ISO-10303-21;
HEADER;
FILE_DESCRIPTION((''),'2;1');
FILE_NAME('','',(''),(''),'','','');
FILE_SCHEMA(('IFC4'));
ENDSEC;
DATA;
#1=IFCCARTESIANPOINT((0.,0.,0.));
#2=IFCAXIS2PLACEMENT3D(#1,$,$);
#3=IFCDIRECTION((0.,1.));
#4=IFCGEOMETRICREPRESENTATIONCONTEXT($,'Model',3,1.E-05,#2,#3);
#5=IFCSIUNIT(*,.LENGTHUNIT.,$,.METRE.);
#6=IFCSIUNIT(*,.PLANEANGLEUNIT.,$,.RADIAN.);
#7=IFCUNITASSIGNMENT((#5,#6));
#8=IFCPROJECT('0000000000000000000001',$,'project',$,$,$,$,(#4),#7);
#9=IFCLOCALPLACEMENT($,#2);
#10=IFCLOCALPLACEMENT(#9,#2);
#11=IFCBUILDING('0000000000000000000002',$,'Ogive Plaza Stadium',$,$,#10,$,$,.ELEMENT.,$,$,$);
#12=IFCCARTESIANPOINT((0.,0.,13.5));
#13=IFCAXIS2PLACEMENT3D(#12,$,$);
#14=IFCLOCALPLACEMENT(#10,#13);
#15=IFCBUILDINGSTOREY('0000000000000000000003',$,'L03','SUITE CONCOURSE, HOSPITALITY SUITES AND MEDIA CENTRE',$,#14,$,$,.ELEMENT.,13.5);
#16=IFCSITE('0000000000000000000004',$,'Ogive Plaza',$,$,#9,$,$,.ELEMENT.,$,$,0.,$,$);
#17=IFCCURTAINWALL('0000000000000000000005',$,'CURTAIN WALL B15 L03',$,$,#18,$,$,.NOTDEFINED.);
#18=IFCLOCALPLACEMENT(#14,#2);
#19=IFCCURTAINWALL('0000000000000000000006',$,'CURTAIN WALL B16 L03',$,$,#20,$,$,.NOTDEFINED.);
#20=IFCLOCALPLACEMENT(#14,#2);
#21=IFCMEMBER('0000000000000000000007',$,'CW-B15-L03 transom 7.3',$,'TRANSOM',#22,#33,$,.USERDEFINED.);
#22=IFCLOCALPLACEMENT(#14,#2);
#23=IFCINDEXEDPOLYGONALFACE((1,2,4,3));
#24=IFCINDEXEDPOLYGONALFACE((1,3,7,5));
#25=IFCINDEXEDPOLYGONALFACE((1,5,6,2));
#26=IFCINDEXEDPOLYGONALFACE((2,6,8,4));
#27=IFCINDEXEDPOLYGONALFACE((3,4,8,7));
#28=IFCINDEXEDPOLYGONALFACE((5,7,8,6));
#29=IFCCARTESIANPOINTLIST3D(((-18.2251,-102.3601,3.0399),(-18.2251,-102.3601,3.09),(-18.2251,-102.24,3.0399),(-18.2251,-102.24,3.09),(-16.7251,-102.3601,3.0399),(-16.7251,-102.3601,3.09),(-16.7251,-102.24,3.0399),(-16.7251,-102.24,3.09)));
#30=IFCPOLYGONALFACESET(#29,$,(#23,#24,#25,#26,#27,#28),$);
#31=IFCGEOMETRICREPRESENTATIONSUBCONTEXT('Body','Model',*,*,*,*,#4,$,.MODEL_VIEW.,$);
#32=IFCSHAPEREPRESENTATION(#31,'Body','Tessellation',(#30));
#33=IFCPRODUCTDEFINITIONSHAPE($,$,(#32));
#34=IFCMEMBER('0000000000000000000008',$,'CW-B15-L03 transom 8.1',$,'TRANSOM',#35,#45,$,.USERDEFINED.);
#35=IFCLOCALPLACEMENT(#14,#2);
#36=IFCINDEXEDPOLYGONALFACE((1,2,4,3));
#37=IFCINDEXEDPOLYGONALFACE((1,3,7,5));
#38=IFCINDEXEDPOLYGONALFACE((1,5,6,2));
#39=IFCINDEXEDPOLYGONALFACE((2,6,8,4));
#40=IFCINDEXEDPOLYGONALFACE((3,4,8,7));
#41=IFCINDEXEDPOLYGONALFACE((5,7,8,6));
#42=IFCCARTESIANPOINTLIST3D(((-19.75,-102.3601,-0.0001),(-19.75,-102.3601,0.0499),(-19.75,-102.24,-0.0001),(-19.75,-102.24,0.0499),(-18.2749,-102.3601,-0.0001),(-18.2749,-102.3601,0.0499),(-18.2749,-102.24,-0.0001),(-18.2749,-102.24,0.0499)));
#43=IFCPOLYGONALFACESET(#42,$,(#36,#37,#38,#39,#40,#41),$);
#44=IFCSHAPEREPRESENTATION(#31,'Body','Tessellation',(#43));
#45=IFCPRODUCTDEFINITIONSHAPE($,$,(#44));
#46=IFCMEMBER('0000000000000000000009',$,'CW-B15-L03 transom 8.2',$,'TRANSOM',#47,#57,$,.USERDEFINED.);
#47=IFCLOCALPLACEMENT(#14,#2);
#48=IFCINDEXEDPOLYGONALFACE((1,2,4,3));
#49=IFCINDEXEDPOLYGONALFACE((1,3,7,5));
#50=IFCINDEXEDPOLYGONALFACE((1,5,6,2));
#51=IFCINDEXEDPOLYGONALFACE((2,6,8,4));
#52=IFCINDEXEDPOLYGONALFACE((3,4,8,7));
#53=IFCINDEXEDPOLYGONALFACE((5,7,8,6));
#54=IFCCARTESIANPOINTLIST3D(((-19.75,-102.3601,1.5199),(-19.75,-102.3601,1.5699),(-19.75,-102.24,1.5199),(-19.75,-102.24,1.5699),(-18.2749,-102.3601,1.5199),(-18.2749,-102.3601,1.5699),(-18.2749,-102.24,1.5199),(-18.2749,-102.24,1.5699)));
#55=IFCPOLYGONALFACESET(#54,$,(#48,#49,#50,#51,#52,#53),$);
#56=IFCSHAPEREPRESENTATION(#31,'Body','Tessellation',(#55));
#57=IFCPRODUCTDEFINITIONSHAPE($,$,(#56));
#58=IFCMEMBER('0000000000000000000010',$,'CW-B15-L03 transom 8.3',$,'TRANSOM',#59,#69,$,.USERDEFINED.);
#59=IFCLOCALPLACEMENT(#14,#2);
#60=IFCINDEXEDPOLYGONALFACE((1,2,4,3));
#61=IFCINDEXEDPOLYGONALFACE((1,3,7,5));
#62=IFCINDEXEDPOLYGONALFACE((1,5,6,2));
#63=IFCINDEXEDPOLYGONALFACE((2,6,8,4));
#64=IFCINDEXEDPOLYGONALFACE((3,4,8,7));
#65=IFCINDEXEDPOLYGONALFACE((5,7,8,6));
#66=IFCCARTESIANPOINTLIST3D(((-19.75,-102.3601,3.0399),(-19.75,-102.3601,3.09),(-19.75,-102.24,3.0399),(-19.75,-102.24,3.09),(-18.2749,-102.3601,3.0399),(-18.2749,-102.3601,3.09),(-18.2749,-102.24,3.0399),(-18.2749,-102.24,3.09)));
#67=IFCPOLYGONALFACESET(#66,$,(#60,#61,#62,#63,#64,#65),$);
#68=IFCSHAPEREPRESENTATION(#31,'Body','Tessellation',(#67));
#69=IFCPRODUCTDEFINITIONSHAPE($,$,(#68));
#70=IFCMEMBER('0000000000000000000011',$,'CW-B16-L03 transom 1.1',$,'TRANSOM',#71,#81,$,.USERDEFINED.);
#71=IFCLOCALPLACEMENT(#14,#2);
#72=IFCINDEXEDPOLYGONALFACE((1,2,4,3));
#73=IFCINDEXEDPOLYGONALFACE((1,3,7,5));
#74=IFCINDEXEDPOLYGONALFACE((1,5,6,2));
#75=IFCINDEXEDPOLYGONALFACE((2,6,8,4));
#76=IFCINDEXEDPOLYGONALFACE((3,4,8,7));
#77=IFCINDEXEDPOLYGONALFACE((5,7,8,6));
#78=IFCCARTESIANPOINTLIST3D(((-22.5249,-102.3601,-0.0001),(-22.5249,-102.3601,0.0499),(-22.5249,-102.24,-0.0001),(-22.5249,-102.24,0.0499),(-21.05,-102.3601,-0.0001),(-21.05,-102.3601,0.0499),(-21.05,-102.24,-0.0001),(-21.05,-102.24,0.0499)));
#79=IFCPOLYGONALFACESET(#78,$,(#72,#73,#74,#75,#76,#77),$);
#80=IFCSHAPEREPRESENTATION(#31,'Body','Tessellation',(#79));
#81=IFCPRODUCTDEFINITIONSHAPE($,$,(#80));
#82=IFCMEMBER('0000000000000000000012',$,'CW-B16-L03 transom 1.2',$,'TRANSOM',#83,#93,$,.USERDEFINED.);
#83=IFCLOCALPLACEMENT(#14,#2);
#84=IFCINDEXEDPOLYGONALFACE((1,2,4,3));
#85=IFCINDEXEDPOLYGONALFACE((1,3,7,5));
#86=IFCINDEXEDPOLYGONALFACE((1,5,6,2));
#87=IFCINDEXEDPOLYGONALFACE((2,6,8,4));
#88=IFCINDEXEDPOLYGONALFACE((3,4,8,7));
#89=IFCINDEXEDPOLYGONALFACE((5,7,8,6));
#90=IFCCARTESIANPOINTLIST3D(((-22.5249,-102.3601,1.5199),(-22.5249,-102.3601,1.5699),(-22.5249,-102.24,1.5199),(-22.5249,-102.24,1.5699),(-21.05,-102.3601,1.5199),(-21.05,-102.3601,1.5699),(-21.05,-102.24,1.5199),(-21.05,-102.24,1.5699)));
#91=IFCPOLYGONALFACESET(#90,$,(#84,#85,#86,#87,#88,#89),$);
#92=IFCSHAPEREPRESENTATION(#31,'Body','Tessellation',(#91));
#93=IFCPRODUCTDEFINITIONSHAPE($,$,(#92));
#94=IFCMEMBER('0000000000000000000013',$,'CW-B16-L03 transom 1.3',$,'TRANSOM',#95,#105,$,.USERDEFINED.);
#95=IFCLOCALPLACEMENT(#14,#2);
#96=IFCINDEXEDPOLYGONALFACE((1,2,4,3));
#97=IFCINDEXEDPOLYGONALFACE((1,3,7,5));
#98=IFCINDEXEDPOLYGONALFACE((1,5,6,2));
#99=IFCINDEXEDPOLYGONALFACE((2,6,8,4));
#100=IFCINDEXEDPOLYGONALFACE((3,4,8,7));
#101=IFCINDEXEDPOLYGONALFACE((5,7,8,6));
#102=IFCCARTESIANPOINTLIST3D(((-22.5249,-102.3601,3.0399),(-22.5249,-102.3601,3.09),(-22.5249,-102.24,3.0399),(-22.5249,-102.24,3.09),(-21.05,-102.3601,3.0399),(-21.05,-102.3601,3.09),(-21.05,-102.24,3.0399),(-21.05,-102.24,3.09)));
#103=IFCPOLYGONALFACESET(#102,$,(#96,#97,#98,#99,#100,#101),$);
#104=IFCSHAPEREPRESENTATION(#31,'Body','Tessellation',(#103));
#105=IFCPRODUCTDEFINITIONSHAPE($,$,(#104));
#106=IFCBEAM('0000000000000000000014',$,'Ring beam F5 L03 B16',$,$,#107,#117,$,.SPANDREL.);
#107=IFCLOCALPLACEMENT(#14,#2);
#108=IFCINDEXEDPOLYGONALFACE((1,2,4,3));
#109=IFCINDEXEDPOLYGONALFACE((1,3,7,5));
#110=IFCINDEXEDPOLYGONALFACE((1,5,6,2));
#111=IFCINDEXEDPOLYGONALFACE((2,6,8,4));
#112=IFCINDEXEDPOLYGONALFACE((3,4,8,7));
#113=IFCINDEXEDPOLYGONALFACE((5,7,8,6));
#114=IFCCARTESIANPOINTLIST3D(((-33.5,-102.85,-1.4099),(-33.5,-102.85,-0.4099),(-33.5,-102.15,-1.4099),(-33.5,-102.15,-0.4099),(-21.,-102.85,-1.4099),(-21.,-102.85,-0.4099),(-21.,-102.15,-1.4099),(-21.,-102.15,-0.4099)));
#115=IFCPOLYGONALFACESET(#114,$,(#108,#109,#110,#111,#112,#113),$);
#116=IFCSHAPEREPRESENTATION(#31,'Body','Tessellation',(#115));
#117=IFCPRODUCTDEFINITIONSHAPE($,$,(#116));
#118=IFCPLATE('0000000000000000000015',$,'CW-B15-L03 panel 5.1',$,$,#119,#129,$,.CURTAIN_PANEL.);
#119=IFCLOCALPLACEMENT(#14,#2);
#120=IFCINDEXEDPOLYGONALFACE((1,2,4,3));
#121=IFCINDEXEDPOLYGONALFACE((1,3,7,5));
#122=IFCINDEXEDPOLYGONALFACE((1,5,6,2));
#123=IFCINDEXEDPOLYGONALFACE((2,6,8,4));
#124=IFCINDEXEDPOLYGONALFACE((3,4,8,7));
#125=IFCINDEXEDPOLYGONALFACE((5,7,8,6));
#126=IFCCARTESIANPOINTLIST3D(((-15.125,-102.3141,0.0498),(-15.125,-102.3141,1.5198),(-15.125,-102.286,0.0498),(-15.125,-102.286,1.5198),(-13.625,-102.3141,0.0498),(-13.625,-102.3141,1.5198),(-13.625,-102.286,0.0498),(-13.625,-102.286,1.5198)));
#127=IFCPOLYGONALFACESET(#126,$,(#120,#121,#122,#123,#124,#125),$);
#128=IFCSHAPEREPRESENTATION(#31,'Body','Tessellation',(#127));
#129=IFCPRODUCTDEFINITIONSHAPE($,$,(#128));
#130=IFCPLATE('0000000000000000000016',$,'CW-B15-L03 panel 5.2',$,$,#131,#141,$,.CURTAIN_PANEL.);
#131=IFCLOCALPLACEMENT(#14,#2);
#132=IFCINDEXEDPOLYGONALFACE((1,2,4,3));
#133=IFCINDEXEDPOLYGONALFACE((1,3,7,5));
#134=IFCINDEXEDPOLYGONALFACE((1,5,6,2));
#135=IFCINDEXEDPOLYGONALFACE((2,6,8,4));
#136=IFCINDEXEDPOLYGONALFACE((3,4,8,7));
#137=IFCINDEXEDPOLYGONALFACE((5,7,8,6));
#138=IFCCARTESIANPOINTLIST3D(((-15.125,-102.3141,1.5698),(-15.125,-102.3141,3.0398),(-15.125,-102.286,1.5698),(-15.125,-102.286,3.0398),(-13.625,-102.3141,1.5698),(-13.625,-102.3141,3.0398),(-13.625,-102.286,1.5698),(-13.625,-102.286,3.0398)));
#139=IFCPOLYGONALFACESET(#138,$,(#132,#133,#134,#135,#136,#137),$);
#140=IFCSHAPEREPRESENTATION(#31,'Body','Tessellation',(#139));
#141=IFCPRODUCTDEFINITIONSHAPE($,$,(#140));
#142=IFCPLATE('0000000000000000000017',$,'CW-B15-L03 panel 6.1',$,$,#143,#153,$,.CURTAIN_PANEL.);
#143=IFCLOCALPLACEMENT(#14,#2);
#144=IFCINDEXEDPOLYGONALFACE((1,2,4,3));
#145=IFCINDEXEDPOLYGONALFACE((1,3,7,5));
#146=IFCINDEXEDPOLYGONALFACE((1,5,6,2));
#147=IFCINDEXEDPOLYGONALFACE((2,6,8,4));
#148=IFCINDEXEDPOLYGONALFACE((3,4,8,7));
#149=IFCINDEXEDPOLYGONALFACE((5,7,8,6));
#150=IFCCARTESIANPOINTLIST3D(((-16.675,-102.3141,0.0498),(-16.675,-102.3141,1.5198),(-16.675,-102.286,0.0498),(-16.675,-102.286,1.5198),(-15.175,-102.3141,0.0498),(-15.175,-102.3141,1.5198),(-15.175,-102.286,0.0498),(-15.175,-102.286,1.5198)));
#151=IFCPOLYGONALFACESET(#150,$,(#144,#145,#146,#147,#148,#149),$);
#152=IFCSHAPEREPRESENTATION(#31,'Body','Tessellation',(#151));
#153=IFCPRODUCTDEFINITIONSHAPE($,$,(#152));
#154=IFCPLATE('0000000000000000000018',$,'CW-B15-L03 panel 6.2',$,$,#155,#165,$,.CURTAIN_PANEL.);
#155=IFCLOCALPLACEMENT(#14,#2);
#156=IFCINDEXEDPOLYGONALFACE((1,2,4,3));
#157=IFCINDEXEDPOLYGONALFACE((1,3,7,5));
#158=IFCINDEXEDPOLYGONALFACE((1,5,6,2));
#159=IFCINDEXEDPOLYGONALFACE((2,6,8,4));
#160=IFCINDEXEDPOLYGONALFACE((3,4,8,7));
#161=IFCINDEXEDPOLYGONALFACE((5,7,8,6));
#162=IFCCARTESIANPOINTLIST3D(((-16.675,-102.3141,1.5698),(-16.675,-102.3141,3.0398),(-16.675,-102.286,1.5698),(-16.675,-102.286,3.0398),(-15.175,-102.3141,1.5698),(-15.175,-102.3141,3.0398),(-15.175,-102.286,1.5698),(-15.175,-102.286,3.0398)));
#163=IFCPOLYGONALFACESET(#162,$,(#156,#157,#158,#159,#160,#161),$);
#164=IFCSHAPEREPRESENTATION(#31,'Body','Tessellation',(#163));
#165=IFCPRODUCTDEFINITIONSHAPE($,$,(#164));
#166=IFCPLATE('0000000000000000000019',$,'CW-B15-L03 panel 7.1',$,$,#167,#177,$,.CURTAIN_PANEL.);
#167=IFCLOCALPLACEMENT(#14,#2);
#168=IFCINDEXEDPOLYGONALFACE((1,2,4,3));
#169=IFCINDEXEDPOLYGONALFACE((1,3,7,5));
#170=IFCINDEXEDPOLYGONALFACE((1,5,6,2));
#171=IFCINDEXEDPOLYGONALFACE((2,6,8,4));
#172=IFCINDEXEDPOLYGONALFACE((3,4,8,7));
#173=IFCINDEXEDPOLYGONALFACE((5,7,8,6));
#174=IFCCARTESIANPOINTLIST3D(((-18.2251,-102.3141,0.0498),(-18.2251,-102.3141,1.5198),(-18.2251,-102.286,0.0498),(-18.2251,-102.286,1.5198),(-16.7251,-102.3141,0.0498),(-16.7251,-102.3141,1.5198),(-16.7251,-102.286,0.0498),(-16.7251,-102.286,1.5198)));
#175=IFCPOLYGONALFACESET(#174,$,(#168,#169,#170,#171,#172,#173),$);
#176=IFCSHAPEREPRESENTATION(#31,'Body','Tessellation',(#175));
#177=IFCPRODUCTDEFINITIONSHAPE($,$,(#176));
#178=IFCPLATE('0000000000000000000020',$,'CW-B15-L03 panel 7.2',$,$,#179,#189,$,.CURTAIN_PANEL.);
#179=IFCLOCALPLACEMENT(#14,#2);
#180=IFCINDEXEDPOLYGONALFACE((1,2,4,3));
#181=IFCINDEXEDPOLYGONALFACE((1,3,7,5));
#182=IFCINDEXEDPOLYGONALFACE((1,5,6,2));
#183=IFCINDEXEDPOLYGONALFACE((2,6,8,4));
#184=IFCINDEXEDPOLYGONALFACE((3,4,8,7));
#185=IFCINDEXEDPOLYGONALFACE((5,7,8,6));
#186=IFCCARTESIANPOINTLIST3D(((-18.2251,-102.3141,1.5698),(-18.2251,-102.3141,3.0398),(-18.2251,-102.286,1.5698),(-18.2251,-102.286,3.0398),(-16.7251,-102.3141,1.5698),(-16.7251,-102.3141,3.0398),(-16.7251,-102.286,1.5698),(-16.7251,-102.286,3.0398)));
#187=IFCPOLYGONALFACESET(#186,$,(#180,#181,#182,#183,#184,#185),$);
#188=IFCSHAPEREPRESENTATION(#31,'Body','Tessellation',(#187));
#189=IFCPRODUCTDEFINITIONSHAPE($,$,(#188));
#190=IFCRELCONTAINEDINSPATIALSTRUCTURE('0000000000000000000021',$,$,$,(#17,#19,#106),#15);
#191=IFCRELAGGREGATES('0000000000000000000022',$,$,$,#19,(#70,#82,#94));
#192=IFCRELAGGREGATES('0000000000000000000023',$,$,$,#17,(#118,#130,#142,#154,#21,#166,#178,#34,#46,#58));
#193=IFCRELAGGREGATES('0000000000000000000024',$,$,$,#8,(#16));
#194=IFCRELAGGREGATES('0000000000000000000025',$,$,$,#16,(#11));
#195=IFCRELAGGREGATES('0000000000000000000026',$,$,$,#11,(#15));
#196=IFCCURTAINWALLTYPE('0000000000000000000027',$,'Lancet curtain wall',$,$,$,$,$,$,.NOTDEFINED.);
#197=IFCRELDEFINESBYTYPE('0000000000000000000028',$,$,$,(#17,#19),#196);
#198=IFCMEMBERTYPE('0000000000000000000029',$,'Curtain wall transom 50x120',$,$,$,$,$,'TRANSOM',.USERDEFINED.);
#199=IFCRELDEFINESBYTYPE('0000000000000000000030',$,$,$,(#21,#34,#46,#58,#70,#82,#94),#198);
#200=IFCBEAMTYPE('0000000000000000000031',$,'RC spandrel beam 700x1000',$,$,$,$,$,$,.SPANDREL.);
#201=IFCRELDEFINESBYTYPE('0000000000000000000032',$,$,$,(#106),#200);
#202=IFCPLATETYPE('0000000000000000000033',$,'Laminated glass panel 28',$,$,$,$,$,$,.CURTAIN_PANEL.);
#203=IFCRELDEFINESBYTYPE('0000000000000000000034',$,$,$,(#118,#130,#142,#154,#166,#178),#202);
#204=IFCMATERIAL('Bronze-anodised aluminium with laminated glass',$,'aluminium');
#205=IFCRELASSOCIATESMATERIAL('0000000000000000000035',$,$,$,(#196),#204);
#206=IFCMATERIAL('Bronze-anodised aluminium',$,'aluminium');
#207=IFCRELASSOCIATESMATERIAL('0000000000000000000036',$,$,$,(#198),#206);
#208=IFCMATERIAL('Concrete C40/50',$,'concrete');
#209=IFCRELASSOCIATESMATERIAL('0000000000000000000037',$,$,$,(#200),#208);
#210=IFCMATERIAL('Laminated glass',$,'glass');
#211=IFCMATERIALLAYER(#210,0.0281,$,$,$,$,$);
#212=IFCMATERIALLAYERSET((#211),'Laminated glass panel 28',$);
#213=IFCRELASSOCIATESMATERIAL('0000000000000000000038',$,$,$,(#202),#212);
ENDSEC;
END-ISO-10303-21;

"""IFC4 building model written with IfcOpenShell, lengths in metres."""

from ifc_helpers import new_model, si_unit, direction, frame, origin, origin_2d, place, context, subcontext, project, spatial, rectangle, extrude, material, layer, layer_set, material_profile, profile_set, type_object, element, aggregate, save


model = new_model("IFC4")

# Units and contexts
model_context = context("Model", 3, precision=1e-05, world=origin(), true_north=direction((0.0, 1.0)))
body_context = subcontext(model_context, "Body", "Model", "MODEL_VIEW")
ifc_project = project(units=[si_unit("LENGTHUNIT", "METRE"), si_unit("PLANEANGLEUNIT", "RADIAN")], contexts=[model_context])

# Site, building, storey
site_placement = place(None, origin())
site = spatial("IfcSite", under=ifc_project, at=site_placement, Name="Ogive Plaza", CompositionType="ELEMENT", RefElevation=0.0)
building_placement = place(site_placement, origin())
building = spatial("IfcBuilding", under=site, at=building_placement, Name="Ogive Plaza Stadium", CompositionType="ELEMENT")
storey_placement = place(building_placement, frame((0.0, 0.0, 13.5)))
storey = spatial("IfcBuildingStorey", under=building, at=storey_placement, Name="L03", Description="SUITE CONCOURSE, HOSPITALITY SUITES AND MEDIA CENTRE", CompositionType="ELEMENT", Elevation=13.5)

# Curtain wall
ifc_material_1 = material(Name="Bronze-anodised aluminium with laminated glass", Category="aluminium")
curtain_wall_type = type_object("IfcCurtainWallType", Name="Lancet curtain wall", PredefinedType="NOTDEFINED", material=ifc_material_1)
curtain_wall_1_placement = place(storey_placement, origin())
curtain_wall_1 = element("IfcCurtainWall", 1, at=curtain_wall_1_placement, inside=storey, type_object=curtain_wall_type, Name="CURTAIN WALL B15 L03", PredefinedType="NOTDEFINED")

# Curtain wall
curtain_wall_2_placement = place(storey_placement, origin())
curtain_wall_2 = element("IfcCurtainWall", 2, at=curtain_wall_2_placement, inside=storey, type_object=curtain_wall_type, Name="CURTAIN WALL B16 L03", PredefinedType="NOTDEFINED")

# Members
ifc_material_2 = material(Name="Bronze-anodised aluminium", Category="aluminium")
ifc_material_profile_1 = material_profile(ifc_material_2, rectangle(XDim=0.1201, YDim=0.05, at=origin_2d()), Name="AL 120x50")
ifc_profile_set_1 = profile_set([ifc_material_profile_1], Name="Bronze-anodised aluminium")
member_type_1 = type_object("IfcMemberType", Name="Curtain wall transom 50x120", ElementType="TRANSOM", PredefinedType="USERDEFINED", material=ifc_profile_set_1)
member_1_placement = place(storey_placement, frame((-16.7251, -102.3, 3.0649), z_axis=(-1.0, 0.0, 0.0), x_axis=(0.0, -1.0, 0.0)))
member_1 = element("IfcMember", 3, at=member_1_placement, type_object=member_type_1, Name="CW-B15-L03 transom 7.3", ObjectType="TRANSOM", PredefinedType="USERDEFINED", context=body_context, shape_type="SweptSolid", body=[
    extrude(rectangle(XDim=0.1201, YDim=0.05, at=origin_2d()), origin(), (0.0, 0.0, 1.0), 1.5),
])
member_2_placement = place(storey_placement, frame((-18.2749, -102.3, 0.0249), z_axis=(-1.0, 0.0, 0.0), x_axis=(0.0, -1.0, 0.0)))
member_2 = element("IfcMember", 4, at=member_2_placement, type_object=member_type_1, Name="CW-B15-L03 transom 8.1", ObjectType="TRANSOM", PredefinedType="USERDEFINED", context=body_context, shape_type="SweptSolid", body=[
    extrude(rectangle(XDim=0.1201, YDim=0.05, at=origin_2d()), origin(), (0.0, 0.0, 1.0), 1.4751),
])
member_3_placement = place(storey_placement, frame((-18.2749, -102.3, 1.5449), z_axis=(-1.0, 0.0, 0.0), x_axis=(0.0, -1.0, 0.0)))
member_3 = element("IfcMember", 5, at=member_3_placement, type_object=member_type_1, Name="CW-B15-L03 transom 8.2", ObjectType="TRANSOM", PredefinedType="USERDEFINED", context=body_context, shape_type="SweptSolid", body=[
    extrude(rectangle(XDim=0.1201, YDim=0.05, at=origin_2d()), origin(), (0.0, 0.0, 1.0), 1.4751),
])
member_4_placement = place(storey_placement, frame((-18.2749, -102.3, 3.0649), z_axis=(-1.0, 0.0, 0.0), x_axis=(0.0, -1.0, 0.0)))
member_4 = element("IfcMember", 6, at=member_4_placement, type_object=member_type_1, Name="CW-B15-L03 transom 8.3", ObjectType="TRANSOM", PredefinedType="USERDEFINED", context=body_context, shape_type="SweptSolid", body=[
    extrude(rectangle(XDim=0.1201, YDim=0.05, at=origin_2d()), origin(), (0.0, 0.0, 1.0), 1.4751),
])
member_5_placement = place(storey_placement, frame((-21.05, -102.3, 0.0249), z_axis=(-1.0, 0.0, 0.0), x_axis=(0.0, -1.0, 0.0)))
member_5 = element("IfcMember", 7, at=member_5_placement, type_object=member_type_1, Name="CW-B16-L03 transom 1.1", ObjectType="TRANSOM", PredefinedType="USERDEFINED", context=body_context, shape_type="SweptSolid", body=[
    extrude(rectangle(XDim=0.1201, YDim=0.05, at=origin_2d()), origin(), (0.0, 0.0, 1.0), 1.4749),
])
member_6_placement = place(storey_placement, frame((-21.05, -102.3, 1.5449), z_axis=(-1.0, 0.0, 0.0), x_axis=(0.0, -1.0, 0.0)))
member_6 = element("IfcMember", 8, at=member_6_placement, type_object=member_type_1, Name="CW-B16-L03 transom 1.2", ObjectType="TRANSOM", PredefinedType="USERDEFINED", context=body_context, shape_type="SweptSolid", body=[
    extrude(rectangle(XDim=0.1201, YDim=0.05, at=origin_2d()), origin(), (0.0, 0.0, 1.0), 1.4749),
])
member_7_placement = place(storey_placement, frame((-21.05, -102.3, 3.0649), z_axis=(-1.0, 0.0, 0.0), x_axis=(0.0, -1.0, 0.0)))
member_7 = element("IfcMember", 9, at=member_7_placement, type_object=member_type_1, Name="CW-B16-L03 transom 1.3", ObjectType="TRANSOM", PredefinedType="USERDEFINED", context=body_context, shape_type="SweptSolid", body=[
    extrude(rectangle(XDim=0.1201, YDim=0.05, at=origin_2d()), origin(), (0.0, 0.0, 1.0), 1.4749),
])
aggregate(curtain_wall_2, [member_5, member_6, member_7])

# Beam
ifc_material_3 = material(Name="Concrete C40/50", Category="concrete")
ifc_material_profile_2 = material_profile(ifc_material_3, rectangle(XDim=0.7, YDim=1.0, at=origin_2d()), Name="RC 700x1000")
ifc_profile_set_2 = profile_set([ifc_material_profile_2], Name="Concrete C40/50")
beam_type = type_object("IfcBeamType", Name="RC spandrel beam 700x1000", PredefinedType="SPANDREL", material=ifc_profile_set_2)
beam_placement = place(storey_placement, frame((-21.0, -102.5, -0.9099), z_axis=(-1.0, 0.0, 0.0), x_axis=(0.0, -1.0, 0.0)))
element("IfcBeam", 10, at=beam_placement, inside=storey, type_object=beam_type, Name="Ring beam F5 L03 B16", PredefinedType="SPANDREL", context=body_context, shape_type="SweptSolid", body=[
    extrude(rectangle(XDim=0.7, YDim=1.0, at=origin_2d()), origin(), (0.0, 0.0, 1.0), 12.5),
])

# Plates
ifc_material_4 = material(Name="Laminated glass", Category="glass")
ifc_layer_1 = layer(ifc_material_4, 0.0281)
ifc_layer_set_1 = layer_set([ifc_layer_1], Name="Laminated glass panel 28")
plate_type = type_object("IfcPlateType", Name="Laminated glass panel 28", PredefinedType="CURTAIN_PANEL", material=ifc_layer_set_1)
plate_1_placement = place(storey_placement, frame((-14.375, -102.3, 0.0498), z_axis=(0.0, 0.0, 1.0), x_axis=(-1.0, 0.0, 0.0)))
plate_1 = element("IfcPlate", 11, at=plate_1_placement, type_object=plate_type, Name="CW-B15-L03 panel 5.1", PredefinedType="CURTAIN_PANEL", context=body_context, shape_type="SweptSolid", body=[
    extrude(rectangle(XDim=1.5, YDim=0.0281, at=origin_2d()), origin(), (0.0, 0.0, 1.0), 1.47),
])
plate_2_placement = place(storey_placement, frame((-14.375, -102.3, 1.5698), z_axis=(0.0, 0.0, 1.0), x_axis=(-1.0, 0.0, 0.0)))
plate_2 = element("IfcPlate", 12, at=plate_2_placement, type_object=plate_type, Name="CW-B15-L03 panel 5.2", PredefinedType="CURTAIN_PANEL", context=body_context, shape_type="SweptSolid", body=[
    extrude(rectangle(XDim=1.5, YDim=0.0281, at=origin_2d()), origin(), (0.0, 0.0, 1.0), 1.47),
])
plate_3_placement = place(storey_placement, frame((-15.925, -102.3, 0.0498), z_axis=(0.0, 0.0, 1.0), x_axis=(-1.0, 0.0, 0.0)))
plate_3 = element("IfcPlate", 13, at=plate_3_placement, type_object=plate_type, Name="CW-B15-L03 panel 6.1", PredefinedType="CURTAIN_PANEL", context=body_context, shape_type="SweptSolid", body=[
    extrude(rectangle(XDim=1.5, YDim=0.0281, at=origin_2d()), origin(), (0.0, 0.0, 1.0), 1.47),
])
plate_4_placement = place(storey_placement, frame((-15.925, -102.3, 1.5698), z_axis=(0.0, 0.0, 1.0), x_axis=(-1.0, 0.0, 0.0)))
plate_4 = element("IfcPlate", 14, at=plate_4_placement, type_object=plate_type, Name="CW-B15-L03 panel 6.2", PredefinedType="CURTAIN_PANEL", context=body_context, shape_type="SweptSolid", body=[
    extrude(rectangle(XDim=1.5, YDim=0.0281, at=origin_2d()), origin(), (0.0, 0.0, 1.0), 1.47),
])
plate_5_placement = place(storey_placement, frame((-17.4751, -102.3, 0.0498), z_axis=(0.0, 0.0, 1.0), x_axis=(-1.0, 0.0, 0.0)))
plate_5 = element("IfcPlate", 15, at=plate_5_placement, type_object=plate_type, Name="CW-B15-L03 panel 7.1", PredefinedType="CURTAIN_PANEL", context=body_context, shape_type="SweptSolid", body=[
    extrude(rectangle(XDim=1.5, YDim=0.0281, at=origin_2d()), origin(), (0.0, 0.0, 1.0), 1.47),
])
plate_6_placement = place(storey_placement, frame((-17.4751, -102.3, 1.5698), z_axis=(0.0, 0.0, 1.0), x_axis=(-1.0, 0.0, 0.0)))
plate_6 = element("IfcPlate", 16, at=plate_6_placement, type_object=plate_type, Name="CW-B15-L03 panel 7.2", PredefinedType="CURTAIN_PANEL", context=body_context, shape_type="SweptSolid", body=[
    extrude(rectangle(XDim=1.5, YDim=0.0281, at=origin_2d()), origin(), (0.0, 0.0, 1.0), 1.47),
])
aggregate(curtain_wall_1, [plate_1, plate_2, plate_3, plate_4, member_1, plate_5, plate_6, member_2, member_3, member_4])

save(model, "model.ifc")
